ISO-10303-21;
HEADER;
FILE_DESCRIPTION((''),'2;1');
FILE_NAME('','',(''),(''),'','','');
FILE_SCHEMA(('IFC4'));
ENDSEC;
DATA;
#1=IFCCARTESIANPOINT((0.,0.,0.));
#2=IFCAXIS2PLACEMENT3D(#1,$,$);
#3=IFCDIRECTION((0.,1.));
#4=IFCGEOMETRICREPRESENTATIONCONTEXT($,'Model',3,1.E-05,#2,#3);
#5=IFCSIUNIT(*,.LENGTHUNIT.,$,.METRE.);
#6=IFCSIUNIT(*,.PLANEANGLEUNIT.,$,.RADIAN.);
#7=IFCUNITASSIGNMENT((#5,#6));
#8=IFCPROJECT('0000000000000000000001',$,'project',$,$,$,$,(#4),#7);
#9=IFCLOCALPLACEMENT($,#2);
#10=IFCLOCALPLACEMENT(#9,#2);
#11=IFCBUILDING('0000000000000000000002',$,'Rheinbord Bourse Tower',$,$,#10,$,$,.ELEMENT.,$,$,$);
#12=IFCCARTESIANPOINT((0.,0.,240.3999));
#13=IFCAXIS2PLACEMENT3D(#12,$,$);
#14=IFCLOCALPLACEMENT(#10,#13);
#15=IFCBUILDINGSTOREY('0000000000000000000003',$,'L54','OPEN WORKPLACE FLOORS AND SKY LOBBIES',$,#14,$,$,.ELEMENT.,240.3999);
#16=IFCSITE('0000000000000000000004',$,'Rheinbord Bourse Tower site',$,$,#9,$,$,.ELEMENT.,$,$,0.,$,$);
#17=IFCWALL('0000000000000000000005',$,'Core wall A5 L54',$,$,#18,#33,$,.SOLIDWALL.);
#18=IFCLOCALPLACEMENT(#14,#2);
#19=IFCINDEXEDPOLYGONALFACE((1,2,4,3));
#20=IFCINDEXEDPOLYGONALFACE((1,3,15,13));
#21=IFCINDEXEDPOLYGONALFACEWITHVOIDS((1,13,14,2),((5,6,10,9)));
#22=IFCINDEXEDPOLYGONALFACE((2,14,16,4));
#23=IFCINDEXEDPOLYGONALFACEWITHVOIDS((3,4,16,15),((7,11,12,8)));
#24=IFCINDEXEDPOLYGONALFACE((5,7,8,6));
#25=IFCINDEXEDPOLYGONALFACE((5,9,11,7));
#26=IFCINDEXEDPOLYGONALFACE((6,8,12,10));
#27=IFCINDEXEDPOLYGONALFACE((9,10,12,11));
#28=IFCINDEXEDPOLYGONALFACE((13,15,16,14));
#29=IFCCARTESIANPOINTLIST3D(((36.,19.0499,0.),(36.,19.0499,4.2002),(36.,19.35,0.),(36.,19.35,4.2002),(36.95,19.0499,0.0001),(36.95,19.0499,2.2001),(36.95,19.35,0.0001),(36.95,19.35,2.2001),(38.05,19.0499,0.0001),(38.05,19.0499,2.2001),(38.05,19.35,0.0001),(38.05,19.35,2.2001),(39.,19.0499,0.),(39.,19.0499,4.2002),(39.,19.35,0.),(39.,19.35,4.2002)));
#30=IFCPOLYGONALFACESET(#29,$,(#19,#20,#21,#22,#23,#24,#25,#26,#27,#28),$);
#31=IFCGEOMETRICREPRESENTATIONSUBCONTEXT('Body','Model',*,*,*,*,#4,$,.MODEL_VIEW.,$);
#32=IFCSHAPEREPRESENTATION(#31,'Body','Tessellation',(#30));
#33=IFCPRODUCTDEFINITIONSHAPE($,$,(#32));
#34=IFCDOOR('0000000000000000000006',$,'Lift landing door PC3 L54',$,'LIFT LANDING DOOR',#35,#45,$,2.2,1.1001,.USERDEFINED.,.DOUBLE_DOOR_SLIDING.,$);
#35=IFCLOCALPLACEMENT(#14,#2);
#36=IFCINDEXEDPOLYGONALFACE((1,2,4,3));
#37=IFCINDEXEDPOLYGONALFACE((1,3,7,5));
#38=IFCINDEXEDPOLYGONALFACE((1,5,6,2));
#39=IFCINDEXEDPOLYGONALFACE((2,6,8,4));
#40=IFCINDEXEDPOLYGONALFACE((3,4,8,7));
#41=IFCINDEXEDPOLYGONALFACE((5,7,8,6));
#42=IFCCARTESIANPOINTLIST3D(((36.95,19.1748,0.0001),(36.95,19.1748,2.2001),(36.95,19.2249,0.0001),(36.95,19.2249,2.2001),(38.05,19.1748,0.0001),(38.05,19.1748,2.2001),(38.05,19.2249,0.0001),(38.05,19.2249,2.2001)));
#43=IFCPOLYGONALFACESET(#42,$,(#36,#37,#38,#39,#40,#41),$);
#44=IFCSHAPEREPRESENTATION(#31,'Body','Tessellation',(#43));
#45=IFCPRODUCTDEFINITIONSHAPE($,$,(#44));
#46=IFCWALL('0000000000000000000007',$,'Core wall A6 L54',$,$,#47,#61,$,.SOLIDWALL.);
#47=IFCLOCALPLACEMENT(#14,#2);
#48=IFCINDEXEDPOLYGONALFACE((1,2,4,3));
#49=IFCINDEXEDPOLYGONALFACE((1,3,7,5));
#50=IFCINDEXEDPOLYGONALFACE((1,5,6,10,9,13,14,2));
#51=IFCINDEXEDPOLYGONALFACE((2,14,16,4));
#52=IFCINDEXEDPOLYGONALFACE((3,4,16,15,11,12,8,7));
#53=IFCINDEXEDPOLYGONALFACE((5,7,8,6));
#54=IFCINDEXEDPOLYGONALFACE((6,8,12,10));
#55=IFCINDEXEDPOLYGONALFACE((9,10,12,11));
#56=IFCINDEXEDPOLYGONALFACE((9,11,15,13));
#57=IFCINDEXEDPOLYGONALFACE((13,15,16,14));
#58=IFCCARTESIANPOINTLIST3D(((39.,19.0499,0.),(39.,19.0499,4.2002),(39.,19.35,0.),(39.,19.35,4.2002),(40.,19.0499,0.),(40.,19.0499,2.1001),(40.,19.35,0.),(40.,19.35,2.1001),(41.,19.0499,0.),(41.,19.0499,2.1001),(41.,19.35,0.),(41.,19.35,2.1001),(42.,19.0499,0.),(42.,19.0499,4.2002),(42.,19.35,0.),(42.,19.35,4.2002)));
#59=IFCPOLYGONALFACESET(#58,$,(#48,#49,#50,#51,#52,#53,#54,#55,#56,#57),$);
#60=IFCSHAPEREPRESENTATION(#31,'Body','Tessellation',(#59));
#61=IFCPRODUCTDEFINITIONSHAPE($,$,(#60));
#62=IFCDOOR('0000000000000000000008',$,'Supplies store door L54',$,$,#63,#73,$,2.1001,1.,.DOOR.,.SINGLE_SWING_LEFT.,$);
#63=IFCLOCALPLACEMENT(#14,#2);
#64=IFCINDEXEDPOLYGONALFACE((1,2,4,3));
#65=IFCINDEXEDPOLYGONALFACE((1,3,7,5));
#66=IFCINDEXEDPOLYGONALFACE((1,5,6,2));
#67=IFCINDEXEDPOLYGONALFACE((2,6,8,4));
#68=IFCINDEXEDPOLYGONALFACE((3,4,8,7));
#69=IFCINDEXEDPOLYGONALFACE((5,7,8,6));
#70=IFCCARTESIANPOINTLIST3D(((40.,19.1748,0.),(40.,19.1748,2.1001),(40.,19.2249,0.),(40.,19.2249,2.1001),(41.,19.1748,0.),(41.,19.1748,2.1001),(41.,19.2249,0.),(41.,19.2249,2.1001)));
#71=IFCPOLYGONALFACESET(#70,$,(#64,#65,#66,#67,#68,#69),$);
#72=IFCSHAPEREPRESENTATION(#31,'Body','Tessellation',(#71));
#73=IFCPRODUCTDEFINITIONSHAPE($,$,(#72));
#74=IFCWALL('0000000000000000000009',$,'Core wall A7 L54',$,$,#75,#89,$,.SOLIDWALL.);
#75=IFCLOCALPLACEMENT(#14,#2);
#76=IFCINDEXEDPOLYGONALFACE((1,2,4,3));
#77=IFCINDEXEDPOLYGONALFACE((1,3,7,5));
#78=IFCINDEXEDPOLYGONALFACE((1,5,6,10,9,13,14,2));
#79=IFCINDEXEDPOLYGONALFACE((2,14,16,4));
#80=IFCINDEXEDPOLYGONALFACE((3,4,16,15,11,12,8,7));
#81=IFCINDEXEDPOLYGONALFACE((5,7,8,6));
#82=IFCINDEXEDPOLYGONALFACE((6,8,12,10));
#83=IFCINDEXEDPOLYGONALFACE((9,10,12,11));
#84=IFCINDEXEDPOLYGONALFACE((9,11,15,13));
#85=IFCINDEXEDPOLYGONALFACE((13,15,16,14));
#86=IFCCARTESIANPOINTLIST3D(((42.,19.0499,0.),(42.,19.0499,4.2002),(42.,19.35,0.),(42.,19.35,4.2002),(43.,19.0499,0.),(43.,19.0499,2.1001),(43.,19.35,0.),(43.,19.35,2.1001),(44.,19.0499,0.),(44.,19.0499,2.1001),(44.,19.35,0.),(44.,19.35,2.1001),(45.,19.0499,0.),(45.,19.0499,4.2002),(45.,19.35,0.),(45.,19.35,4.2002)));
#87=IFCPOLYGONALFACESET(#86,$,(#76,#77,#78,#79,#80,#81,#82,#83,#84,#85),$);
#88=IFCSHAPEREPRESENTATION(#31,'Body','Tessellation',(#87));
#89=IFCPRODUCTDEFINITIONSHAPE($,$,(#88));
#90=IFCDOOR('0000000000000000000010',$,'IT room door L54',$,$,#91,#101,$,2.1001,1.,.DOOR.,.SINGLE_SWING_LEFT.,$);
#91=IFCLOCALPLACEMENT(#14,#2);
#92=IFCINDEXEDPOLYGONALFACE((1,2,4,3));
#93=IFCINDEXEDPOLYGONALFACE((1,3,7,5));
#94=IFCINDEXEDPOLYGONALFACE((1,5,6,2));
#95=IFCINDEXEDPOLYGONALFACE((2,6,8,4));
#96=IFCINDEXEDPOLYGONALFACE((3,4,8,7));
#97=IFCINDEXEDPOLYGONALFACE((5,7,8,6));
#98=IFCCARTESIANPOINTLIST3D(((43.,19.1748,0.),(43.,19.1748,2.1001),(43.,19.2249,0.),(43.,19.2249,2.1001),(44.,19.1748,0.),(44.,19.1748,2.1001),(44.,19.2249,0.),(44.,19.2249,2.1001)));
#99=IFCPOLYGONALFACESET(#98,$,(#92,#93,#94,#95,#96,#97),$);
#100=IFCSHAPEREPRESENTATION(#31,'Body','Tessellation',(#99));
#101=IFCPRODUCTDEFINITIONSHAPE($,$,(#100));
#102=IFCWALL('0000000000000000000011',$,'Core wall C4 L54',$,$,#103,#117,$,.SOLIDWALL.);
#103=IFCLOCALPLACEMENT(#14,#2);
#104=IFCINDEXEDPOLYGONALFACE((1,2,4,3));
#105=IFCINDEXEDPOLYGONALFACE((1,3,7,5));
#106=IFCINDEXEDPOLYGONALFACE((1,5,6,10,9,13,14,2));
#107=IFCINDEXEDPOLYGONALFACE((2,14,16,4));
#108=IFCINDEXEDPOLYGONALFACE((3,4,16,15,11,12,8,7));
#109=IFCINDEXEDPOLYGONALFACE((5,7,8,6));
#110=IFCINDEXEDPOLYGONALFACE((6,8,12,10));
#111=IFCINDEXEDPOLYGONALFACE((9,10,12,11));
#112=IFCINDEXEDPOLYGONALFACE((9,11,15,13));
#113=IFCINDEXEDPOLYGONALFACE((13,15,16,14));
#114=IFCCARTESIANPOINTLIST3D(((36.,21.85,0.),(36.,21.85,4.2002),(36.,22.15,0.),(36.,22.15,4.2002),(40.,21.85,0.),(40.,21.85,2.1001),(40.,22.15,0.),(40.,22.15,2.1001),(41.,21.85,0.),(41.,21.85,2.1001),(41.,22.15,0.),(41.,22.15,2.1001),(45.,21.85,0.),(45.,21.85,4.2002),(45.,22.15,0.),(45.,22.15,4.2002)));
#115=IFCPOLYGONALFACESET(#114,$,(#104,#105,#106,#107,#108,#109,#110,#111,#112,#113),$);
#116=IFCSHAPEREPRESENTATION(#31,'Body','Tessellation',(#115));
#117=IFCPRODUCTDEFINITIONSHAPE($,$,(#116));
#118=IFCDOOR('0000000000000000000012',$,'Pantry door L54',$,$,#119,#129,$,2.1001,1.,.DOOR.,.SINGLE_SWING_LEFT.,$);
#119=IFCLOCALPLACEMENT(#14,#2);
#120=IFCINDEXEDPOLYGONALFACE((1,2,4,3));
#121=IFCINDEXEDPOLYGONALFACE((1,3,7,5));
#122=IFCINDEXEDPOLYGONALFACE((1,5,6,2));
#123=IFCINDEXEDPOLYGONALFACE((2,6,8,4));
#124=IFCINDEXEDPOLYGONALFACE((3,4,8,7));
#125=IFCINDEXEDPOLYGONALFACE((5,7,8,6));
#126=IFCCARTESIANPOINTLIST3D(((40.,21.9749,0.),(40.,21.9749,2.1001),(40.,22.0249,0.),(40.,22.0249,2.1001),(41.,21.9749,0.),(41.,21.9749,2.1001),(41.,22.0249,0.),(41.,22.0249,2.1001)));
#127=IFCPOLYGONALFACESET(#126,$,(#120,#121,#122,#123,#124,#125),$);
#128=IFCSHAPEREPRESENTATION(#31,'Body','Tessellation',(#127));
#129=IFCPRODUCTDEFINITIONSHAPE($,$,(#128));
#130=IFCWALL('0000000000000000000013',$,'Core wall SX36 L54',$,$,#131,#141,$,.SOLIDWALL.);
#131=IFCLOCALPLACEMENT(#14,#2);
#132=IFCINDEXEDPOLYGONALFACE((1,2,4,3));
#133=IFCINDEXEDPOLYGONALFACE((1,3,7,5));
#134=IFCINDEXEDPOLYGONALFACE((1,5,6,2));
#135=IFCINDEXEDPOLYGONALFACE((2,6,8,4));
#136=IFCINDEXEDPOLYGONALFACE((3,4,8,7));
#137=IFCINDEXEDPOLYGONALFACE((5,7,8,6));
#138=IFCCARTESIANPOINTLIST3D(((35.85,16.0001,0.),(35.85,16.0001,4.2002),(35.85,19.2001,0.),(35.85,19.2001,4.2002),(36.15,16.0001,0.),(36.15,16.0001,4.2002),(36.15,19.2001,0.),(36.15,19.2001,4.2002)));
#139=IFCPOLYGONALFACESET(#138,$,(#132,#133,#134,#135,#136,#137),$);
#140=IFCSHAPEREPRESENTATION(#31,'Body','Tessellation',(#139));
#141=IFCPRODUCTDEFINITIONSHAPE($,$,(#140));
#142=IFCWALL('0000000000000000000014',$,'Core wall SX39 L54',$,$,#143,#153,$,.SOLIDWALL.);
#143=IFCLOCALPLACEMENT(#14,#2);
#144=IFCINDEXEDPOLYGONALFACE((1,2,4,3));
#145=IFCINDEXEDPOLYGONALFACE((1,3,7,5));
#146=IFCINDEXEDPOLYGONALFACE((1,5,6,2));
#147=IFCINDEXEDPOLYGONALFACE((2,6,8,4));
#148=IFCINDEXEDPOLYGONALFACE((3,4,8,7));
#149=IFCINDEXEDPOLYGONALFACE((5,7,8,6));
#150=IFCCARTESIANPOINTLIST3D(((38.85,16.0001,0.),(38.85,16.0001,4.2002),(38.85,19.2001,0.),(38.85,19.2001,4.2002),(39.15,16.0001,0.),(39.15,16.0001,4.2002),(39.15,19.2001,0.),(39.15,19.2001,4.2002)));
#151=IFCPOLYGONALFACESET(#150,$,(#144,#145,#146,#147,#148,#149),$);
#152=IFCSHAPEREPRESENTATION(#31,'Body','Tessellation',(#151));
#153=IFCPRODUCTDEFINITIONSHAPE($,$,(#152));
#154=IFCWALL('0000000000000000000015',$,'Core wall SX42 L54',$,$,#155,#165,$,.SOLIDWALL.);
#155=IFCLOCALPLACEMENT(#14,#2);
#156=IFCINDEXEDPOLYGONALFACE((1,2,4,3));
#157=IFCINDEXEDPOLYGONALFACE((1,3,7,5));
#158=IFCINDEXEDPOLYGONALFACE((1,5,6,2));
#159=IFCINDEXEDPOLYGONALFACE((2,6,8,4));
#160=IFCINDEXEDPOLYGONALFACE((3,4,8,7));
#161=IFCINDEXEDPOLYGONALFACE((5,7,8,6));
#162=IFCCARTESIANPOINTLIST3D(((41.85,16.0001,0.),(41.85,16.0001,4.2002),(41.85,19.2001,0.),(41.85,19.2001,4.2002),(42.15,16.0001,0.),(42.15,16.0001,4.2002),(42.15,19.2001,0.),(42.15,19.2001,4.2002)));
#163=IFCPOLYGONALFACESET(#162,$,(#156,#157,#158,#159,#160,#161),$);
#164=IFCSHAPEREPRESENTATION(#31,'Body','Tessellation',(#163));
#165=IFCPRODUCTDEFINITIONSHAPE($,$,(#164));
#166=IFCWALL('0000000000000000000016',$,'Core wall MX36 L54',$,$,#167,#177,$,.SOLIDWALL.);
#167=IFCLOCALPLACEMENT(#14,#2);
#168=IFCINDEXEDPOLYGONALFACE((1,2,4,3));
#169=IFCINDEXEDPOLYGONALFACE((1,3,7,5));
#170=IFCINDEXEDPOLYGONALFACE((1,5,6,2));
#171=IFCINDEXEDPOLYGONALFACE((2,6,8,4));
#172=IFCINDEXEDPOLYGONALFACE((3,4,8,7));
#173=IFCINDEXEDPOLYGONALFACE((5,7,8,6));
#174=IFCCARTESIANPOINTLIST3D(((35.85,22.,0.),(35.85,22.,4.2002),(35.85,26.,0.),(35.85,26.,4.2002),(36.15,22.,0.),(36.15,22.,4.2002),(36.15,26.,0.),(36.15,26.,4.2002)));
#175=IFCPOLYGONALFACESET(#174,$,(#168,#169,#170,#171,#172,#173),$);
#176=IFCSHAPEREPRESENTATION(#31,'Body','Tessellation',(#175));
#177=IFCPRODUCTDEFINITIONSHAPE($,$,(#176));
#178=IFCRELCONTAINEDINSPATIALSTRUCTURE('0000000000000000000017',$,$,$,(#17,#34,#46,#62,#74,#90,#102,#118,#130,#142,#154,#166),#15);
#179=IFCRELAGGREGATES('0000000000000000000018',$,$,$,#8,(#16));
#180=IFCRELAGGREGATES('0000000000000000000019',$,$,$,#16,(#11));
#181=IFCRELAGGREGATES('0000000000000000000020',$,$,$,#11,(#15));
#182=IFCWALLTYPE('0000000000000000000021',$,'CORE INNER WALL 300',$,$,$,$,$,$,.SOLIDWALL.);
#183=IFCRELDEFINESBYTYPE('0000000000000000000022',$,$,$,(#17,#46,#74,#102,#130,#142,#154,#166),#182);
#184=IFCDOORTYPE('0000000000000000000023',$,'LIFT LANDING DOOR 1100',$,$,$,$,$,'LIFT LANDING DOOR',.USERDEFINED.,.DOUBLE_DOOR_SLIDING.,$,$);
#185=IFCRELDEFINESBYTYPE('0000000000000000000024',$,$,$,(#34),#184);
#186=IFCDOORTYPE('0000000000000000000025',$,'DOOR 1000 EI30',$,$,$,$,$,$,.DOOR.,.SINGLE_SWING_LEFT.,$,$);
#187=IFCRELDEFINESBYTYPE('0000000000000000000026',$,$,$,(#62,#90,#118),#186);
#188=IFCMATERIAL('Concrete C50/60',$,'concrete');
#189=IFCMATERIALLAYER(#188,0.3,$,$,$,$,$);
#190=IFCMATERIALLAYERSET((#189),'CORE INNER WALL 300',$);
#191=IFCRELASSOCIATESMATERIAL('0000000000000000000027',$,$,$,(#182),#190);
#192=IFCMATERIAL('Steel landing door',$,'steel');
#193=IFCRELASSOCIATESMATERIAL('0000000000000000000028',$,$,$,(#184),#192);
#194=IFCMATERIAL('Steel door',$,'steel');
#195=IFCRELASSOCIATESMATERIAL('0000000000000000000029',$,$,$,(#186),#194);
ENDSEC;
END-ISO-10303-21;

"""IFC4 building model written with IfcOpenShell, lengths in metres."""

from ifc_helpers import new_model, si_unit, direction, frame, frame_2d, origin, place, context, subcontext, project, spatial, rectangle, extrude, material, layer, layer_set, type_object, element, fill, save


model = new_model("IFC4")

# Units and contexts
model_context = context("Model", 3, precision=1e-05, world=origin(), true_north=direction((0.0, 1.0)))
body_context = subcontext(model_context, "Body", "Model", "MODEL_VIEW")
ifc_project = project(units=[si_unit("LENGTHUNIT", "METRE"), si_unit("PLANEANGLEUNIT", "RADIAN")], contexts=[model_context])

# Site, building, storey
site_placement = place(None, origin())
site = spatial("IfcSite", under=ifc_project, at=site_placement, Name="Rheinbord Bourse Tower site", CompositionType="ELEMENT", RefElevation=0.0)
building_placement = place(site_placement, origin())
building = spatial("IfcBuilding", under=site, at=building_placement, Name="Rheinbord Bourse Tower", CompositionType="ELEMENT")
storey_placement = place(building_placement, frame((0.0, 0.0, 240.3999)))
storey = spatial("IfcBuildingStorey", under=building, at=storey_placement, Name="L54", Description="OPEN WORKPLACE FLOORS AND SKY LOBBIES", CompositionType="ELEMENT", Elevation=240.3999)

# Walls, openings, doors
ifc_material_1 = material(Name="Concrete C50/60", Category="concrete")
ifc_layer_1 = layer(ifc_material_1, 0.3)
ifc_layer_set_1 = layer_set([ifc_layer_1], Name="CORE INNER WALL 300")
wall_type_1 = type_object("IfcWallType", Name="CORE INNER WALL 300", PredefinedType="SOLIDWALL", material=ifc_layer_set_1)
wall_1_placement = place(storey_placement, frame((36.0, 19.2, 0.0), z_axis=(0.0, 0.0, 1.0), x_axis=(1.0, 0.0, 0.0)))
wall_1 = element("IfcWall", 1, at=wall_1_placement, inside=storey, type_object=wall_type_1, Name="Core wall A5 L54", PredefinedType="SOLIDWALL", context=body_context, shape_type="SweptSolid", body=[
    extrude(rectangle(XDim=3.0, YDim=0.3, at=frame_2d((1.5, 0.0))), origin(), (0.0, 0.0, 1.0), 4.2002),
])
opening_1_placement = place(wall_1_placement, frame((0.95, 0.0, 0.0)))
opening_1 = element("IfcOpeningElement", 2, at=opening_1_placement, cuts=wall_1, PredefinedType="OPENING", context=body_context, shape_type="SweptSolid", body=[
    extrude(rectangle(XDim=1.1001, YDim=2.2, at=frame_2d((0.55, 1.1001))), frame((0.0, 0.1599, 0.0), z_axis=(0.0, -1.0, 0.0), x_axis=(1.0, 0.0, 0.0)), (0.0, 0.0, 1.0), 0.3201),
])
ifc_material_2 = material(Name="Steel landing door", Category="steel")
door_type_1 = type_object("IfcDoorType", Name="LIFT LANDING DOOR 1100", ElementType="LIFT LANDING DOOR", OperationType="DOUBLE_DOOR_SLIDING", PredefinedType="USERDEFINED", material=ifc_material_2)
door_1_placement = place(opening_1_placement, origin())
door_1 = element("IfcDoor", 3, at=door_1_placement, inside=storey, type_object=door_type_1, Name="Lift landing door PC3 L54", ObjectType="LIFT LANDING DOOR", OperationType="DOUBLE_DOOR_SLIDING", OverallHeight=2.2, OverallWidth=1.1001, PredefinedType="USERDEFINED", context=body_context, shape_type="SweptSolid", body=[
    extrude(rectangle(XDim=1.1001, YDim=2.2, at=frame_2d((0.55, 1.1001))), frame((0.0, 0.0249, 0.0), z_axis=(0.0, -1.0, 0.0), x_axis=(1.0, 0.0, 0.0)), (0.0, 0.0, 1.0), 0.05),
])
fill(opening_1, door_1)
wall_2_placement = place(storey_placement, frame((39.0, 19.2, 0.0), z_axis=(0.0, 0.0, 1.0), x_axis=(1.0, 0.0, 0.0)))
wall_2 = element("IfcWall", 4, at=wall_2_placement, inside=storey, type_object=wall_type_1, Name="Core wall A6 L54", PredefinedType="SOLIDWALL", context=body_context, shape_type="SweptSolid", body=[
    extrude(rectangle(XDim=3.0, YDim=0.3, at=frame_2d((1.5, 0.0))), origin(), (0.0, 0.0, 1.0), 4.2002),
])
opening_2_placement = place(wall_2_placement, frame((1.0, 0.0, 0.0)))
opening_2 = element("IfcOpeningElement", 5, at=opening_2_placement, cuts=wall_2, PredefinedType="OPENING", context=body_context, shape_type="SweptSolid", body=[
    extrude(rectangle(XDim=1.0, YDim=2.1001, at=frame_2d((0.5, 1.05))), frame((0.0, 0.1599, 0.0), z_axis=(0.0, -1.0, 0.0), x_axis=(1.0, 0.0, 0.0)), (0.0, 0.0, 1.0), 0.3201),
])
ifc_material_3 = material(Name="Steel door", Category="steel")
door_type_2 = type_object("IfcDoorType", Name="DOOR 1000 EI30", OperationType="SINGLE_SWING_LEFT", PredefinedType="DOOR", material=ifc_material_3)
door_2_placement = place(opening_2_placement, origin())
door_2 = element("IfcDoor", 6, at=door_2_placement, inside=storey, type_object=door_type_2, Name="Supplies store door L54", OperationType="SINGLE_SWING_LEFT", OverallHeight=2.1001, OverallWidth=1.0, PredefinedType="DOOR", context=body_context, shape_type="SweptSolid", body=[
    extrude(rectangle(XDim=1.0, YDim=2.1001, at=frame_2d((0.5, 1.05))), frame((0.0, 0.0249, 0.0), z_axis=(0.0, -1.0, 0.0), x_axis=(1.0, 0.0, 0.0)), (0.0, 0.0, 1.0), 0.05),
])
fill(opening_2, door_2)
wall_3_placement = place(storey_placement, frame((42.0, 19.2, 0.0), z_axis=(0.0, 0.0, 1.0), x_axis=(1.0, 0.0, 0.0)))
wall_3 = element("IfcWall", 7, at=wall_3_placement, inside=storey, type_object=wall_type_1, Name="Core wall A7 L54", PredefinedType="SOLIDWALL", context=body_context, shape_type="SweptSolid", body=[
    extrude(rectangle(XDim=3.0, YDim=0.3, at=frame_2d((1.5, 0.0))), origin(), (0.0, 0.0, 1.0), 4.2002),
])
opening_3_placement = place(wall_3_placement, frame((1.0, 0.0, 0.0)))
opening_3 = element("IfcOpeningElement", 8, at=opening_3_placement, cuts=wall_3, PredefinedType="OPENING", context=body_context, shape_type="SweptSolid", body=[
    extrude(rectangle(XDim=1.0, YDim=2.1001, at=frame_2d((0.5, 1.05))), frame((0.0, 0.1599, 0.0), z_axis=(0.0, -1.0, 0.0), x_axis=(1.0, 0.0, 0.0)), (0.0, 0.0, 1.0), 0.3201),
])
door_3_placement = place(opening_3_placement, origin())
door_3 = element("IfcDoor", 9, at=door_3_placement, inside=storey, type_object=door_type_2, Name="IT room door L54", OperationType="SINGLE_SWING_LEFT", OverallHeight=2.1001, OverallWidth=1.0, PredefinedType="DOOR", context=body_context, shape_type="SweptSolid", body=[
    extrude(rectangle(XDim=1.0, YDim=2.1001, at=frame_2d((0.5, 1.05))), frame((0.0, 0.0249, 0.0), z_axis=(0.0, -1.0, 0.0), x_axis=(1.0, 0.0, 0.0)), (0.0, 0.0, 1.0), 0.05),
])
fill(opening_3, door_3)
wall_4_placement = place(storey_placement, frame((36.0, 22.0, 0.0), z_axis=(0.0, 0.0, 1.0), x_axis=(1.0, 0.0, 0.0)))
wall_4 = element("IfcWall", 10, at=wall_4_placement, inside=storey, type_object=wall_type_1, Name="Core wall C4 L54", PredefinedType="SOLIDWALL", context=body_context, shape_type="SweptSolid", body=[
    extrude(rectangle(XDim=9.0, YDim=0.3, at=frame_2d((4.5, 0.0))), origin(), (0.0, 0.0, 1.0), 4.2002),
])
opening_4_placement = place(wall_4_placement, frame((4.0, 0.0, 0.0)))
opening_4 = element("IfcOpeningElement", 11, at=opening_4_placement, cuts=wall_4, PredefinedType="OPENING", context=body_context, shape_type="SweptSolid", body=[
    extrude(rectangle(XDim=1.0, YDim=2.1001, at=frame_2d((0.5, 1.05))), frame((0.0, 0.1599, 0.0), z_axis=(0.0, -1.0, 0.0), x_axis=(1.0, 0.0, 0.0)), (0.0, 0.0, 1.0), 0.3201),
])
door_4_placement = place(opening_4_placement, origin())
door_4 = element("IfcDoor", 12, at=door_4_placement, inside=storey, type_object=door_type_2, Name="Pantry door L54", OperationType="SINGLE_SWING_LEFT", OverallHeight=2.1001, OverallWidth=1.0, PredefinedType="DOOR", context=body_context, shape_type="SweptSolid", body=[
    extrude(rectangle(XDim=1.0, YDim=2.1001, at=frame_2d((0.5, 1.05))), frame((0.0, 0.0249, 0.0), z_axis=(0.0, -1.0, 0.0), x_axis=(1.0, 0.0, 0.0)), (0.0, 0.0, 1.0), 0.05),
])
fill(opening_4, door_4)

# Walls
for number, where, z_axis, x_axis, name in (
    (13, (36.0, 16.0, 0.0), (0.0, 0.0, 1.0), (0.0, 1.0, 0.0), "Core wall SX36 L54"),
    (14, (39.0, 16.0, 0.0), (0.0, 0.0, 1.0), (0.0, 1.0, 0.0), "Core wall SX39 L54"),
    (15, (42.0, 16.0, 0.0), (0.0, 0.0, 1.0), (0.0, 1.0, 0.0), "Core wall SX42 L54"),
):
    element("IfcWall", number, at=place(storey_placement, frame(where, z_axis=z_axis, x_axis=x_axis)), inside=storey, type_object=wall_type_1, Name=name, PredefinedType="SOLIDWALL", context=body_context, shape_type="SweptSolid", body=[
        extrude(rectangle(XDim=3.2, YDim=0.3, at=frame_2d((1.6001, 0.0))), origin(), (0.0, 0.0, 1.0), 4.2002),
    ])
wall_5_placement = place(storey_placement, frame((36.0, 22.0, 0.0), z_axis=(0.0, 0.0, 1.0), x_axis=(0.0, 1.0, 0.0)))
element("IfcWall", 16, at=wall_5_placement, inside=storey, type_object=wall_type_1, Name="Core wall MX36 L54", PredefinedType="SOLIDWALL", context=body_context, shape_type="SweptSolid", body=[
    extrude(rectangle(XDim=4.0, YDim=0.3, at=frame_2d((2.0, 0.0))), origin(), (0.0, 0.0, 1.0), 4.2002),
])

save(model, "model.ifc")
